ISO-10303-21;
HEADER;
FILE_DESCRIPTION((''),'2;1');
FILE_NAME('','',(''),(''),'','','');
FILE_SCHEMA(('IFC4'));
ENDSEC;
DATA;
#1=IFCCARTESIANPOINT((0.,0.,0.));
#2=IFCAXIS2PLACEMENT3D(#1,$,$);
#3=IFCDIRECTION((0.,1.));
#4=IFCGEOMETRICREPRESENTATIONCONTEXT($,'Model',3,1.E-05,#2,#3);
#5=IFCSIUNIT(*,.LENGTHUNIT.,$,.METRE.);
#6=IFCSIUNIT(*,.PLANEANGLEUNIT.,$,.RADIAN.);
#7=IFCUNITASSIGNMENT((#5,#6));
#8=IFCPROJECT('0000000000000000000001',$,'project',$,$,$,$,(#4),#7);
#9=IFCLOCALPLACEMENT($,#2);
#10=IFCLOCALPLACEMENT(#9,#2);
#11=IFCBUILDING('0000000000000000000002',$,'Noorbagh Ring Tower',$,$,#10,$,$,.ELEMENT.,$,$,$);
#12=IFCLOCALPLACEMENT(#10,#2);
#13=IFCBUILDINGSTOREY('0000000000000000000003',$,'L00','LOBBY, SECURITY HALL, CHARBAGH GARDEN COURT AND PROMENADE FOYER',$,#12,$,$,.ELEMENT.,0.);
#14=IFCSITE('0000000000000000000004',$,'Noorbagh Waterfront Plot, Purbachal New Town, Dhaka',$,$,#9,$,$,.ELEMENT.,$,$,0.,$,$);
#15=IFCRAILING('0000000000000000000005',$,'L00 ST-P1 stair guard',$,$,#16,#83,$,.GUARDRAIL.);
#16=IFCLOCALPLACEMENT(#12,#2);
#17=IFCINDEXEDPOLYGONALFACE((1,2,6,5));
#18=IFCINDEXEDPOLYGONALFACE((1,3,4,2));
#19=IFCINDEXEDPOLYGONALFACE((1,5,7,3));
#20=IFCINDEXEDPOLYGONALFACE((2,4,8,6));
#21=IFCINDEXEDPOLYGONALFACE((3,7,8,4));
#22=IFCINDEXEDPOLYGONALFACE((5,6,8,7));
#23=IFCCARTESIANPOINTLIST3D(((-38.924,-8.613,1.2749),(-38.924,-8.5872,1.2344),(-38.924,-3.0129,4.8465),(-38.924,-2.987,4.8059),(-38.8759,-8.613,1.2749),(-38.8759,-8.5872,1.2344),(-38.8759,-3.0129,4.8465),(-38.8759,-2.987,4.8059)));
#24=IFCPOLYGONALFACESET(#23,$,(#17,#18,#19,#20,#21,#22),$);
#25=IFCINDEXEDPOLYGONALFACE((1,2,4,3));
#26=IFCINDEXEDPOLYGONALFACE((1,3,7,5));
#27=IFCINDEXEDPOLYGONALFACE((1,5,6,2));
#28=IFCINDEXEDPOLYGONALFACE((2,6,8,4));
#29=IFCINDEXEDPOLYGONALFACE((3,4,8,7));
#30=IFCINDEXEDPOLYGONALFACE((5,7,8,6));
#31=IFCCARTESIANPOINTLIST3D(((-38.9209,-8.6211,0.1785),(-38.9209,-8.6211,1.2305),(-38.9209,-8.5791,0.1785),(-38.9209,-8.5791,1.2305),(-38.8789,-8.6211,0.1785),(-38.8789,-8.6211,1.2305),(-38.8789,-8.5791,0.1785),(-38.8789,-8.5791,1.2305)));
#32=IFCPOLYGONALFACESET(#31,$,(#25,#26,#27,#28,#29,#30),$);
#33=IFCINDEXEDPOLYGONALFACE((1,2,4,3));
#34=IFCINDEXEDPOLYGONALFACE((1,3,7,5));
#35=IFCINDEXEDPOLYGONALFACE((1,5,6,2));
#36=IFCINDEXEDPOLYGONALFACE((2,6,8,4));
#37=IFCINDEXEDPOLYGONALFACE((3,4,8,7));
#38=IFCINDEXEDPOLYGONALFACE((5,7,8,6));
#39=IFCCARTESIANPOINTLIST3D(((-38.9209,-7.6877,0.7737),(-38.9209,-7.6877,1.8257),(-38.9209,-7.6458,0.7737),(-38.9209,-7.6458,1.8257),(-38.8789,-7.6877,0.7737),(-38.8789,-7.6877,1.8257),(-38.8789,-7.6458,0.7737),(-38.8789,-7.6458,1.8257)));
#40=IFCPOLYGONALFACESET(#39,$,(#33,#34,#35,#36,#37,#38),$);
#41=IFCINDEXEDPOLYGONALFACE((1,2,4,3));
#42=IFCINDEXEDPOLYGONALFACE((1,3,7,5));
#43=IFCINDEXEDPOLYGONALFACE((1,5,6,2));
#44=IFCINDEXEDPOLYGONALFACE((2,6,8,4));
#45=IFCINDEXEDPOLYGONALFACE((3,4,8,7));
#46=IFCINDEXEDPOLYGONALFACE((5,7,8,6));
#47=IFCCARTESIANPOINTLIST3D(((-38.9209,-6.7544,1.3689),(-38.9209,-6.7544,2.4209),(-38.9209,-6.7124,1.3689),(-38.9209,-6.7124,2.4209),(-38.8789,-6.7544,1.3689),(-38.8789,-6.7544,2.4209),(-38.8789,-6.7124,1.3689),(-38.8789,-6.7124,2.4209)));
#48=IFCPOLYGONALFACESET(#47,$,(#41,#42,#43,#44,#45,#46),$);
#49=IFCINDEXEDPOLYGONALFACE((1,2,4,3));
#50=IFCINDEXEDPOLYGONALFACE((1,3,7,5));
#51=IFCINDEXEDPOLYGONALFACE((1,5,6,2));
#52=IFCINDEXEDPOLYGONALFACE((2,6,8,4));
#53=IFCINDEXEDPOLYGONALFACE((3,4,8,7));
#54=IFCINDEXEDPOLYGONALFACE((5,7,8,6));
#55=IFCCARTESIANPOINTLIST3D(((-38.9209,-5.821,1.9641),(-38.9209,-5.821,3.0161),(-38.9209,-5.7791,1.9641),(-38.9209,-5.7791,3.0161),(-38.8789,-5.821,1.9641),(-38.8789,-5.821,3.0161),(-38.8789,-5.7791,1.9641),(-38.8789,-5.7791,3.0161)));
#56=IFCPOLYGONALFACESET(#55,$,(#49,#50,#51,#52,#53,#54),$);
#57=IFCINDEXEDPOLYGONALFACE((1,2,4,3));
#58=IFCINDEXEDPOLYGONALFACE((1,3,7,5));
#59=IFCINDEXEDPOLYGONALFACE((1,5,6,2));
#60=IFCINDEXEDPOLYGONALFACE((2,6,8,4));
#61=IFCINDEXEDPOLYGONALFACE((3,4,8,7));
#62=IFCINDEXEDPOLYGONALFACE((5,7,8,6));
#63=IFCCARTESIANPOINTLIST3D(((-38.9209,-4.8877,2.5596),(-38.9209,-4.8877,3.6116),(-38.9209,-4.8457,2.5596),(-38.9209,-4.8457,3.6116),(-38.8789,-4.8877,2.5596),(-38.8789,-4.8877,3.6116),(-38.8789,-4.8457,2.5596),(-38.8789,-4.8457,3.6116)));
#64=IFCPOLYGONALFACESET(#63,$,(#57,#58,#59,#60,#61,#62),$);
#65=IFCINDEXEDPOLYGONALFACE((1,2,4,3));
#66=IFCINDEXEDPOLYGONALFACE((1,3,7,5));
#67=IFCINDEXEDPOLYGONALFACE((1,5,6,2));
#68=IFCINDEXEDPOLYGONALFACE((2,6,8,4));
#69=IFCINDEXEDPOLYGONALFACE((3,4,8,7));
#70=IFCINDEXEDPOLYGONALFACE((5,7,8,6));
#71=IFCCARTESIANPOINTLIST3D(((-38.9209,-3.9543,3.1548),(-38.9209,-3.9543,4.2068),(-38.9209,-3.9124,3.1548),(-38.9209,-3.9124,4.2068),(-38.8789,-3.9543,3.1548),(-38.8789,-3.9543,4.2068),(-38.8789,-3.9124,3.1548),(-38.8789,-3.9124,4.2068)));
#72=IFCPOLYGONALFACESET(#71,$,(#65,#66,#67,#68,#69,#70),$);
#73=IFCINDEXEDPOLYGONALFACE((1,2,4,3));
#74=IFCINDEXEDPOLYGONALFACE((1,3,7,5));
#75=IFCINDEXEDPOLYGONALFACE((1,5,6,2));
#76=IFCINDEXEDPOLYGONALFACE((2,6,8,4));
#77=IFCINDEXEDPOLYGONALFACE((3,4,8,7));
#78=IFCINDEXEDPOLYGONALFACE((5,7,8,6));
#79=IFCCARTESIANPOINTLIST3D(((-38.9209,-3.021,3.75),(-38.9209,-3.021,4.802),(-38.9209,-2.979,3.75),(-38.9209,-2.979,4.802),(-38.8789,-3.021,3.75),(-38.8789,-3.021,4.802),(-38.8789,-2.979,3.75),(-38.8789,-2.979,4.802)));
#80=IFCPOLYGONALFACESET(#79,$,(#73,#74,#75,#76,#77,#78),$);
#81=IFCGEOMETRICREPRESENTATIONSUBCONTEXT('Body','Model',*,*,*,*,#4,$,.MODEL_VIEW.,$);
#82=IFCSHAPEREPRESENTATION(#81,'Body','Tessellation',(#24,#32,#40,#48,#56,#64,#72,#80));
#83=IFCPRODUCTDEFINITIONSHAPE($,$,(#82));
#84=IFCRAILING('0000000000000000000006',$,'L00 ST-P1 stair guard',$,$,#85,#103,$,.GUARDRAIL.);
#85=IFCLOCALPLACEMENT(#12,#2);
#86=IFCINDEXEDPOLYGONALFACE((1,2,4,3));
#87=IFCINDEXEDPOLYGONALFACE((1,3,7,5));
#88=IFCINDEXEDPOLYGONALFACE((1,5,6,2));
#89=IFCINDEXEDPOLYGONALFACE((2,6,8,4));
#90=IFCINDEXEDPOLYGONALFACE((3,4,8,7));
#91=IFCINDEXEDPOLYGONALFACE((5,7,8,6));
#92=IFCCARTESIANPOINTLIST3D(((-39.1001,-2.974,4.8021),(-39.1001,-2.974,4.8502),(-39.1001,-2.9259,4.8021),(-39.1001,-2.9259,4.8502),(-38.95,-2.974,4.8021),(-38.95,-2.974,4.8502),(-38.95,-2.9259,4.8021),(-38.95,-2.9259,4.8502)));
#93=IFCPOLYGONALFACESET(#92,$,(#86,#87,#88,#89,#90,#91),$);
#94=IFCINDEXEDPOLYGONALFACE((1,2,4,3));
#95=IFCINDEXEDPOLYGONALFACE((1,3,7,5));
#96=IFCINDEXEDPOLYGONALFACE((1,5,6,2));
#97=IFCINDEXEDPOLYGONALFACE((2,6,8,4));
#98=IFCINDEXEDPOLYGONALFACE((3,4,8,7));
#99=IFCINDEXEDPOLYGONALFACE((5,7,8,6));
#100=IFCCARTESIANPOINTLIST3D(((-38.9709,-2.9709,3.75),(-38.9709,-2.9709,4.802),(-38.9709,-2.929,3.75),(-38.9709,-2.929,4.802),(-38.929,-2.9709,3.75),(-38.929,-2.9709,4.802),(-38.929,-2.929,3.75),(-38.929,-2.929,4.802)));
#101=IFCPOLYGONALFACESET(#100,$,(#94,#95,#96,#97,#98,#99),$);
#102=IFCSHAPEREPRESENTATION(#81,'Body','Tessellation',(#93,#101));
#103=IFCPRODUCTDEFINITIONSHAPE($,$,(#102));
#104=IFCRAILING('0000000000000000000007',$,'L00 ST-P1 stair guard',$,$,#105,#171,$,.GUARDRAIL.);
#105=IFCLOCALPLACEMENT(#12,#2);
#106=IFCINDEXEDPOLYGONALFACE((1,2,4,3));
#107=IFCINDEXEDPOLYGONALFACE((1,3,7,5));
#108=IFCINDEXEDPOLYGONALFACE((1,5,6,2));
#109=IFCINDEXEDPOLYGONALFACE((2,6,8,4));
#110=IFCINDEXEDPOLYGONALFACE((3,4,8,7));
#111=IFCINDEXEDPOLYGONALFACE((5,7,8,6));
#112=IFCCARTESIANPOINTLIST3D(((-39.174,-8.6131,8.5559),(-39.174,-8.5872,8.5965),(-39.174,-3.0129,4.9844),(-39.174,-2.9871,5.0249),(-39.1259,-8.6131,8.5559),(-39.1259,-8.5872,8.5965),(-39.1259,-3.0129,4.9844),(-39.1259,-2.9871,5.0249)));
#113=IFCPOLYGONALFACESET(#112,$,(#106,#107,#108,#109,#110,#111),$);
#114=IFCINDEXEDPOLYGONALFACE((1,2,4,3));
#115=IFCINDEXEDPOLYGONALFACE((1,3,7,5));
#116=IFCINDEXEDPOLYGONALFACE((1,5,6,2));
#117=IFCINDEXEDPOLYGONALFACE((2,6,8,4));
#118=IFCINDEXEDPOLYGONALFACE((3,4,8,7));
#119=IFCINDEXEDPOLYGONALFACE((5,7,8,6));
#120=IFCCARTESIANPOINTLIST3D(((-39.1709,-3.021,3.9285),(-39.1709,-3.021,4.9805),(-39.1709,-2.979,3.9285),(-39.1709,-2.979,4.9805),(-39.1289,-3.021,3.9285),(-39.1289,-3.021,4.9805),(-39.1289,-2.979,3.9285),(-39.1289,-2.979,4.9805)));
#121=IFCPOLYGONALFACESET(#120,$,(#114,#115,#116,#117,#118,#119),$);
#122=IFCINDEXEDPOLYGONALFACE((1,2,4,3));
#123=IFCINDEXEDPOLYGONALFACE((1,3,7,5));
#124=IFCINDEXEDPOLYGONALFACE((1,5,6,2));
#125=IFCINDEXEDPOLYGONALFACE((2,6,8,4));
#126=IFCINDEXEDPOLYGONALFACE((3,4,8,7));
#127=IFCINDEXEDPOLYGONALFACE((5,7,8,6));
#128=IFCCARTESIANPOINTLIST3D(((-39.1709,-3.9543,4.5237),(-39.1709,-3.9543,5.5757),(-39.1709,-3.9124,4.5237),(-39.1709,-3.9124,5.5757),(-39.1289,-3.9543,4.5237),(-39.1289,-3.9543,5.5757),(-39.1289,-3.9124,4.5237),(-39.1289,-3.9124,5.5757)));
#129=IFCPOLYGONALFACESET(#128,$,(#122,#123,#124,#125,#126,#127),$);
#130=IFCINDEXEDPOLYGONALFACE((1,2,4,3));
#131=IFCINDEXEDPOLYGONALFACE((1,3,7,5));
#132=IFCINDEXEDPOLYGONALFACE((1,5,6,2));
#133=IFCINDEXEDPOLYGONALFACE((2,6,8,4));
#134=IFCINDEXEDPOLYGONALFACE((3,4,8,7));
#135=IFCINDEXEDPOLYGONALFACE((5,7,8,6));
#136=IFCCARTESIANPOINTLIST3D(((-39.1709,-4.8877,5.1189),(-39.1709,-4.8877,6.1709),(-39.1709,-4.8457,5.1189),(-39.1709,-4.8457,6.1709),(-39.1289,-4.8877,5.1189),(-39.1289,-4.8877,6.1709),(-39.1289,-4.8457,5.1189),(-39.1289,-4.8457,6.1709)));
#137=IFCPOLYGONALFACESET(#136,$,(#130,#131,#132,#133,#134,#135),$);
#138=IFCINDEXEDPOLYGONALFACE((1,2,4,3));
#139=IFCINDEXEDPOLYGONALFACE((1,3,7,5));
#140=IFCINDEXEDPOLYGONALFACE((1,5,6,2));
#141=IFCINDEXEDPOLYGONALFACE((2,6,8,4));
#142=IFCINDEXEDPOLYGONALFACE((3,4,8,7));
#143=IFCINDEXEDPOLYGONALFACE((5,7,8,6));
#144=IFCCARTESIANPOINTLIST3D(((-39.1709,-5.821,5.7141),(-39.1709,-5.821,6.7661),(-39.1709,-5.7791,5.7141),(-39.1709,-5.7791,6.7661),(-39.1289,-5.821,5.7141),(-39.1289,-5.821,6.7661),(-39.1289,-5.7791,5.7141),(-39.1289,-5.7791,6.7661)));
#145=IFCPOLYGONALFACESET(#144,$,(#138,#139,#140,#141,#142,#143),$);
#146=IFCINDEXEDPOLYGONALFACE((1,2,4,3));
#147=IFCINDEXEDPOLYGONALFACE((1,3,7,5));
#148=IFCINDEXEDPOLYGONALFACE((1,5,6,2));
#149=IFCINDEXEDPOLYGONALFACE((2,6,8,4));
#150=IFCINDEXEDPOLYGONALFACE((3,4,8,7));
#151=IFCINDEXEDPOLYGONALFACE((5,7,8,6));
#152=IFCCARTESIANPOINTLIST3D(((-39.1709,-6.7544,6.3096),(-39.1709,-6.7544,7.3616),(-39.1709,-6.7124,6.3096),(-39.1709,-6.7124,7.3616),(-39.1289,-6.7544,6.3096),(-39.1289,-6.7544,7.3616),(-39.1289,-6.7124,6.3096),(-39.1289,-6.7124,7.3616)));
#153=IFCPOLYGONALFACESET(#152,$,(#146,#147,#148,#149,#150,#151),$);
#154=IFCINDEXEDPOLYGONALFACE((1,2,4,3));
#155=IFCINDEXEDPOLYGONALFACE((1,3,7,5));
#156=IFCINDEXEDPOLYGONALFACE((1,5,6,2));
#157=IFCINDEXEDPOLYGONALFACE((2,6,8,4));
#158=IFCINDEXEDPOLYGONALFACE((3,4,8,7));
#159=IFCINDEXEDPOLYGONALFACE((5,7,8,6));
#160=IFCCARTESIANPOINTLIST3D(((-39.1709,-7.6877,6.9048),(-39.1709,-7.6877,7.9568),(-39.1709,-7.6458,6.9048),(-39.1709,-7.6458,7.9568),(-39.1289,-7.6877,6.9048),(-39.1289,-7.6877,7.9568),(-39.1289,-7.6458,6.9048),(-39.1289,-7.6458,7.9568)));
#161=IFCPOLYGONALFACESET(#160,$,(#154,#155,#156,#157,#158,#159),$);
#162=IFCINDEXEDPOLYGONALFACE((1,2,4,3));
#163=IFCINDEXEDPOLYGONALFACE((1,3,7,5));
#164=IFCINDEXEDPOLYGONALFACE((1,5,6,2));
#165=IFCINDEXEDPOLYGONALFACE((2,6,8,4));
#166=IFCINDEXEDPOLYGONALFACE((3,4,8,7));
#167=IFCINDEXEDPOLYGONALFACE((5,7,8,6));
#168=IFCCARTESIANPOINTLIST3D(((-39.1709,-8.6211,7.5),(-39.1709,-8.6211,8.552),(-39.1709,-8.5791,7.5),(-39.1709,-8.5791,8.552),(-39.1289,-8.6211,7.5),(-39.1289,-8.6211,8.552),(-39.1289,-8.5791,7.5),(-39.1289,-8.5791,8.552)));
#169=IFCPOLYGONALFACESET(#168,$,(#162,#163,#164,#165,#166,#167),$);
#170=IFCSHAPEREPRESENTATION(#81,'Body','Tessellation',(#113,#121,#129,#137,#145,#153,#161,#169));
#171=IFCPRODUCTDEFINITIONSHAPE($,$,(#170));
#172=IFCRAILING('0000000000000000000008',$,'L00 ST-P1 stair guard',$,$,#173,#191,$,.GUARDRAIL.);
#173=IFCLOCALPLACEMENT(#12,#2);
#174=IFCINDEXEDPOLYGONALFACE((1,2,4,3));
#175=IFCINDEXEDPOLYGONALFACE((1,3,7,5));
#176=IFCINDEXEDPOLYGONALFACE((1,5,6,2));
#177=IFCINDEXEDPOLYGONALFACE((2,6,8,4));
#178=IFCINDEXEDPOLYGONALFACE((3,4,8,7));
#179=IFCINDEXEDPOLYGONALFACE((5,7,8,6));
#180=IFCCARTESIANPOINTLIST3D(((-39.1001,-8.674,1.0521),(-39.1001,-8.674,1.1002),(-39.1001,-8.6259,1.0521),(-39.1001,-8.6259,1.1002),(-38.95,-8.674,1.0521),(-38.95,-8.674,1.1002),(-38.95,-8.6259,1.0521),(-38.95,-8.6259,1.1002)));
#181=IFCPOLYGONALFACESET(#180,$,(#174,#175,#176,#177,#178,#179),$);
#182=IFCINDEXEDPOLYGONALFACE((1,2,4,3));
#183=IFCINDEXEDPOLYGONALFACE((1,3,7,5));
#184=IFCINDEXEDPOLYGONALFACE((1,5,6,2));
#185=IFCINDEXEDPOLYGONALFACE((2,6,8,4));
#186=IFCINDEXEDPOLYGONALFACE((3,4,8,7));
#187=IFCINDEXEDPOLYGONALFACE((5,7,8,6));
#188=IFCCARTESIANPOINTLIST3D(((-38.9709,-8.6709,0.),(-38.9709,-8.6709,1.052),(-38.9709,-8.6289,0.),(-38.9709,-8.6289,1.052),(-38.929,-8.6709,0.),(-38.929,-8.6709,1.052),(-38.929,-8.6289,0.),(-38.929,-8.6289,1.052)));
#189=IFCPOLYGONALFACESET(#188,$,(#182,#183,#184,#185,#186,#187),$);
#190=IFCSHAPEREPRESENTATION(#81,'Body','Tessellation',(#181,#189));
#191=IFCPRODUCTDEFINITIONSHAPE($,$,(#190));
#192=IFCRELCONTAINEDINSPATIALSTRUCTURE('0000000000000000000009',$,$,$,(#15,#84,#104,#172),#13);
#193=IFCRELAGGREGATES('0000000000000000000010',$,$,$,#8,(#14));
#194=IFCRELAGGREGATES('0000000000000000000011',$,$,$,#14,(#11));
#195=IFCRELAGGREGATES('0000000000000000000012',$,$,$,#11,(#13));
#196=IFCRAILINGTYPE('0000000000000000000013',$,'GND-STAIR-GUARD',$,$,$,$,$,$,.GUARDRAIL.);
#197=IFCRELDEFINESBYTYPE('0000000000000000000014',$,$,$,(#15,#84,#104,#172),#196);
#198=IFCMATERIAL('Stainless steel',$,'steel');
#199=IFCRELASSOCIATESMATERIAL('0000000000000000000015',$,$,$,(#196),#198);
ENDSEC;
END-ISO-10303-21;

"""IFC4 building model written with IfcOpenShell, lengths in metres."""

from ifc_helpers import new_model, si_unit, direction, frame, origin, origin_2d, place, context, subcontext, project, spatial, rectangle, extrude, material, type_object, element, save


model = new_model("IFC4")

# Units and contexts
model_context = context("Model", 3, precision=1e-05, world=origin(), true_north=direction((0.0, 1.0)))
body_context = subcontext(model_context, "Body", "Model", "MODEL_VIEW")
ifc_project = project(units=[si_unit("LENGTHUNIT", "METRE"), si_unit("PLANEANGLEUNIT", "RADIAN")], contexts=[model_context])

# Site, building, storey
site_placement = place(None, origin())
site = spatial("IfcSite", under=ifc_project, at=site_placement, Name="Noorbagh Waterfront Plot, Purbachal New Town, Dhaka", CompositionType="ELEMENT", RefElevation=0.0)
building_placement = place(site_placement, origin())
building = spatial("IfcBuilding", under=site, at=building_placement, Name="Noorbagh Ring Tower", CompositionType="ELEMENT")
storey_placement = place(building_placement, origin())
storey = spatial("IfcBuildingStorey", under=building, at=storey_placement, Name="L00", Description="LOBBY, SECURITY HALL, CHARBAGH GARDEN COURT AND PROMENADE FOYER", CompositionType="ELEMENT", Elevation=0.0)

# Railings
ifc_material_1 = material(Name="Stainless steel", Category="steel")
railing_type_1 = type_object("IfcRailingType", Name="GND-STAIR-GUARD", PredefinedType="GUARDRAIL", material=ifc_material_1)
railing_1_placement = place(storey_placement, frame((-38.8999, -8.6001, 0.1785)))
element("IfcRailing", 1, at=railing_1_placement, inside=storey, type_object=railing_type_1, Name="L00 ST-P1 stair guard", PredefinedType="GUARDRAIL", context=body_context, shape_type="SweptSolid", body=[
    extrude(rectangle(XDim=0.0481, YDim=0.0481, at=origin_2d()), frame((0.0, 0.0, 1.0762), z_axis=(0.0, 0.843127, 0.537715), x_axis=(-1.0, 0.0, 0.0)), (0.0, 0.0, 1.0), 6.6421),
    extrude(rectangle(XDim=0.042, YDim=0.042, at=origin_2d()), origin(), (0.0, 0.0, 1.0), 1.052),
    extrude(rectangle(XDim=0.042, YDim=0.042, at=origin_2d()), frame((0.0, 0.9333, 0.5952)), (0.0, 0.0, 1.0), 1.052),
    extrude(rectangle(XDim=0.042, YDim=0.042, at=origin_2d()), frame((0.0, 1.8667, 1.1904)), (0.0, 0.0, 1.0), 1.052),
    extrude(rectangle(XDim=0.042, YDim=0.042, at=origin_2d()), frame((0.0, 2.8, 1.7856)), (0.0, 0.0, 1.0), 1.052),
    extrude(rectangle(XDim=0.042, YDim=0.042, at=origin_2d()), frame((0.0, 3.7334, 2.3811)), (0.0, 0.0, 1.0), 1.052),
    extrude(rectangle(XDim=0.042, YDim=0.042, at=origin_2d()), frame((0.0, 4.6667, 2.9763)), (0.0, 0.0, 1.0), 1.052),
    extrude(rectangle(XDim=0.042, YDim=0.042, at=origin_2d()), frame((0.0, 5.6001, 3.5715)), (0.0, 0.0, 1.0), 1.052),
])
railing_2_placement = place(storey_placement, frame((-38.95, -2.95, 3.75)))
element("IfcRailing", 2, at=railing_2_placement, inside=storey, type_object=railing_type_1, Name="L00 ST-P1 stair guard", PredefinedType="GUARDRAIL", context=body_context, shape_type="SweptSolid", body=[
    extrude(rectangle(XDim=0.0481, YDim=0.0481, at=origin_2d()), frame((0.0, 0.0, 1.0762), z_axis=(-1.0, 0.0, 0.0), x_axis=(0.0, -1.0, 0.0)), (0.0, 0.0, 1.0), 0.1501),
    extrude(rectangle(XDim=0.042, YDim=0.042, at=origin_2d()), origin(), (0.0, 0.0, 1.0), 1.052),
])
railing_3_placement = place(storey_placement, frame((-39.1499, -3.0, 3.9285)))
element("IfcRailing", 3, at=railing_3_placement, inside=storey, type_object=railing_type_1, Name="L00 ST-P1 stair guard", PredefinedType="GUARDRAIL", context=body_context, shape_type="SweptSolid", body=[
    extrude(rectangle(XDim=0.0481, YDim=0.0481, at=origin_2d()), frame((0.0, 0.0, 1.0762), z_axis=(0.0, -0.843127, 0.537715), x_axis=(1.0, 0.0, 0.0)), (0.0, 0.0, 1.0), 6.6421),
    extrude(rectangle(XDim=0.042, YDim=0.042, at=origin_2d()), origin(), (0.0, 0.0, 1.0), 1.052),
    extrude(rectangle(XDim=0.042, YDim=0.042, at=origin_2d()), frame((0.0, -0.9333, 0.5952)), (0.0, 0.0, 1.0), 1.052),
    extrude(rectangle(XDim=0.042, YDim=0.042, at=origin_2d()), frame((0.0, -1.8667, 1.1904)), (0.0, 0.0, 1.0), 1.052),
    extrude(rectangle(XDim=0.042, YDim=0.042, at=origin_2d()), frame((0.0, -2.8, 1.7856)), (0.0, 0.0, 1.0), 1.052),
    extrude(rectangle(XDim=0.042, YDim=0.042, at=origin_2d()), frame((0.0, -3.7334, 2.3811)), (0.0, 0.0, 1.0), 1.052),
    extrude(rectangle(XDim=0.042, YDim=0.042, at=origin_2d()), frame((0.0, -4.6667, 2.9763)), (0.0, 0.0, 1.0), 1.052),
    extrude(rectangle(XDim=0.042, YDim=0.042, at=origin_2d()), frame((0.0, -5.6001, 3.5715)), (0.0, 0.0, 1.0), 1.052),
])
railing_4_placement = place(storey_placement, frame((-38.95, -8.6499, 0.0)))
element("IfcRailing", 4, at=railing_4_placement, inside=storey, type_object=railing_type_1, Name="L00 ST-P1 stair guard", PredefinedType="GUARDRAIL", context=body_context, shape_type="SweptSolid", body=[
    extrude(rectangle(XDim=0.0481, YDim=0.0481, at=origin_2d()), frame((0.0, 0.0, 1.0762), z_axis=(-1.0, 0.0, 0.0), x_axis=(0.0, -1.0, 0.0)), (0.0, 0.0, 1.0), 0.1501),
    extrude(rectangle(XDim=0.042, YDim=0.042, at=origin_2d()), origin(), (0.0, 0.0, 1.0), 1.052),
])

save(model, "model.ifc")
